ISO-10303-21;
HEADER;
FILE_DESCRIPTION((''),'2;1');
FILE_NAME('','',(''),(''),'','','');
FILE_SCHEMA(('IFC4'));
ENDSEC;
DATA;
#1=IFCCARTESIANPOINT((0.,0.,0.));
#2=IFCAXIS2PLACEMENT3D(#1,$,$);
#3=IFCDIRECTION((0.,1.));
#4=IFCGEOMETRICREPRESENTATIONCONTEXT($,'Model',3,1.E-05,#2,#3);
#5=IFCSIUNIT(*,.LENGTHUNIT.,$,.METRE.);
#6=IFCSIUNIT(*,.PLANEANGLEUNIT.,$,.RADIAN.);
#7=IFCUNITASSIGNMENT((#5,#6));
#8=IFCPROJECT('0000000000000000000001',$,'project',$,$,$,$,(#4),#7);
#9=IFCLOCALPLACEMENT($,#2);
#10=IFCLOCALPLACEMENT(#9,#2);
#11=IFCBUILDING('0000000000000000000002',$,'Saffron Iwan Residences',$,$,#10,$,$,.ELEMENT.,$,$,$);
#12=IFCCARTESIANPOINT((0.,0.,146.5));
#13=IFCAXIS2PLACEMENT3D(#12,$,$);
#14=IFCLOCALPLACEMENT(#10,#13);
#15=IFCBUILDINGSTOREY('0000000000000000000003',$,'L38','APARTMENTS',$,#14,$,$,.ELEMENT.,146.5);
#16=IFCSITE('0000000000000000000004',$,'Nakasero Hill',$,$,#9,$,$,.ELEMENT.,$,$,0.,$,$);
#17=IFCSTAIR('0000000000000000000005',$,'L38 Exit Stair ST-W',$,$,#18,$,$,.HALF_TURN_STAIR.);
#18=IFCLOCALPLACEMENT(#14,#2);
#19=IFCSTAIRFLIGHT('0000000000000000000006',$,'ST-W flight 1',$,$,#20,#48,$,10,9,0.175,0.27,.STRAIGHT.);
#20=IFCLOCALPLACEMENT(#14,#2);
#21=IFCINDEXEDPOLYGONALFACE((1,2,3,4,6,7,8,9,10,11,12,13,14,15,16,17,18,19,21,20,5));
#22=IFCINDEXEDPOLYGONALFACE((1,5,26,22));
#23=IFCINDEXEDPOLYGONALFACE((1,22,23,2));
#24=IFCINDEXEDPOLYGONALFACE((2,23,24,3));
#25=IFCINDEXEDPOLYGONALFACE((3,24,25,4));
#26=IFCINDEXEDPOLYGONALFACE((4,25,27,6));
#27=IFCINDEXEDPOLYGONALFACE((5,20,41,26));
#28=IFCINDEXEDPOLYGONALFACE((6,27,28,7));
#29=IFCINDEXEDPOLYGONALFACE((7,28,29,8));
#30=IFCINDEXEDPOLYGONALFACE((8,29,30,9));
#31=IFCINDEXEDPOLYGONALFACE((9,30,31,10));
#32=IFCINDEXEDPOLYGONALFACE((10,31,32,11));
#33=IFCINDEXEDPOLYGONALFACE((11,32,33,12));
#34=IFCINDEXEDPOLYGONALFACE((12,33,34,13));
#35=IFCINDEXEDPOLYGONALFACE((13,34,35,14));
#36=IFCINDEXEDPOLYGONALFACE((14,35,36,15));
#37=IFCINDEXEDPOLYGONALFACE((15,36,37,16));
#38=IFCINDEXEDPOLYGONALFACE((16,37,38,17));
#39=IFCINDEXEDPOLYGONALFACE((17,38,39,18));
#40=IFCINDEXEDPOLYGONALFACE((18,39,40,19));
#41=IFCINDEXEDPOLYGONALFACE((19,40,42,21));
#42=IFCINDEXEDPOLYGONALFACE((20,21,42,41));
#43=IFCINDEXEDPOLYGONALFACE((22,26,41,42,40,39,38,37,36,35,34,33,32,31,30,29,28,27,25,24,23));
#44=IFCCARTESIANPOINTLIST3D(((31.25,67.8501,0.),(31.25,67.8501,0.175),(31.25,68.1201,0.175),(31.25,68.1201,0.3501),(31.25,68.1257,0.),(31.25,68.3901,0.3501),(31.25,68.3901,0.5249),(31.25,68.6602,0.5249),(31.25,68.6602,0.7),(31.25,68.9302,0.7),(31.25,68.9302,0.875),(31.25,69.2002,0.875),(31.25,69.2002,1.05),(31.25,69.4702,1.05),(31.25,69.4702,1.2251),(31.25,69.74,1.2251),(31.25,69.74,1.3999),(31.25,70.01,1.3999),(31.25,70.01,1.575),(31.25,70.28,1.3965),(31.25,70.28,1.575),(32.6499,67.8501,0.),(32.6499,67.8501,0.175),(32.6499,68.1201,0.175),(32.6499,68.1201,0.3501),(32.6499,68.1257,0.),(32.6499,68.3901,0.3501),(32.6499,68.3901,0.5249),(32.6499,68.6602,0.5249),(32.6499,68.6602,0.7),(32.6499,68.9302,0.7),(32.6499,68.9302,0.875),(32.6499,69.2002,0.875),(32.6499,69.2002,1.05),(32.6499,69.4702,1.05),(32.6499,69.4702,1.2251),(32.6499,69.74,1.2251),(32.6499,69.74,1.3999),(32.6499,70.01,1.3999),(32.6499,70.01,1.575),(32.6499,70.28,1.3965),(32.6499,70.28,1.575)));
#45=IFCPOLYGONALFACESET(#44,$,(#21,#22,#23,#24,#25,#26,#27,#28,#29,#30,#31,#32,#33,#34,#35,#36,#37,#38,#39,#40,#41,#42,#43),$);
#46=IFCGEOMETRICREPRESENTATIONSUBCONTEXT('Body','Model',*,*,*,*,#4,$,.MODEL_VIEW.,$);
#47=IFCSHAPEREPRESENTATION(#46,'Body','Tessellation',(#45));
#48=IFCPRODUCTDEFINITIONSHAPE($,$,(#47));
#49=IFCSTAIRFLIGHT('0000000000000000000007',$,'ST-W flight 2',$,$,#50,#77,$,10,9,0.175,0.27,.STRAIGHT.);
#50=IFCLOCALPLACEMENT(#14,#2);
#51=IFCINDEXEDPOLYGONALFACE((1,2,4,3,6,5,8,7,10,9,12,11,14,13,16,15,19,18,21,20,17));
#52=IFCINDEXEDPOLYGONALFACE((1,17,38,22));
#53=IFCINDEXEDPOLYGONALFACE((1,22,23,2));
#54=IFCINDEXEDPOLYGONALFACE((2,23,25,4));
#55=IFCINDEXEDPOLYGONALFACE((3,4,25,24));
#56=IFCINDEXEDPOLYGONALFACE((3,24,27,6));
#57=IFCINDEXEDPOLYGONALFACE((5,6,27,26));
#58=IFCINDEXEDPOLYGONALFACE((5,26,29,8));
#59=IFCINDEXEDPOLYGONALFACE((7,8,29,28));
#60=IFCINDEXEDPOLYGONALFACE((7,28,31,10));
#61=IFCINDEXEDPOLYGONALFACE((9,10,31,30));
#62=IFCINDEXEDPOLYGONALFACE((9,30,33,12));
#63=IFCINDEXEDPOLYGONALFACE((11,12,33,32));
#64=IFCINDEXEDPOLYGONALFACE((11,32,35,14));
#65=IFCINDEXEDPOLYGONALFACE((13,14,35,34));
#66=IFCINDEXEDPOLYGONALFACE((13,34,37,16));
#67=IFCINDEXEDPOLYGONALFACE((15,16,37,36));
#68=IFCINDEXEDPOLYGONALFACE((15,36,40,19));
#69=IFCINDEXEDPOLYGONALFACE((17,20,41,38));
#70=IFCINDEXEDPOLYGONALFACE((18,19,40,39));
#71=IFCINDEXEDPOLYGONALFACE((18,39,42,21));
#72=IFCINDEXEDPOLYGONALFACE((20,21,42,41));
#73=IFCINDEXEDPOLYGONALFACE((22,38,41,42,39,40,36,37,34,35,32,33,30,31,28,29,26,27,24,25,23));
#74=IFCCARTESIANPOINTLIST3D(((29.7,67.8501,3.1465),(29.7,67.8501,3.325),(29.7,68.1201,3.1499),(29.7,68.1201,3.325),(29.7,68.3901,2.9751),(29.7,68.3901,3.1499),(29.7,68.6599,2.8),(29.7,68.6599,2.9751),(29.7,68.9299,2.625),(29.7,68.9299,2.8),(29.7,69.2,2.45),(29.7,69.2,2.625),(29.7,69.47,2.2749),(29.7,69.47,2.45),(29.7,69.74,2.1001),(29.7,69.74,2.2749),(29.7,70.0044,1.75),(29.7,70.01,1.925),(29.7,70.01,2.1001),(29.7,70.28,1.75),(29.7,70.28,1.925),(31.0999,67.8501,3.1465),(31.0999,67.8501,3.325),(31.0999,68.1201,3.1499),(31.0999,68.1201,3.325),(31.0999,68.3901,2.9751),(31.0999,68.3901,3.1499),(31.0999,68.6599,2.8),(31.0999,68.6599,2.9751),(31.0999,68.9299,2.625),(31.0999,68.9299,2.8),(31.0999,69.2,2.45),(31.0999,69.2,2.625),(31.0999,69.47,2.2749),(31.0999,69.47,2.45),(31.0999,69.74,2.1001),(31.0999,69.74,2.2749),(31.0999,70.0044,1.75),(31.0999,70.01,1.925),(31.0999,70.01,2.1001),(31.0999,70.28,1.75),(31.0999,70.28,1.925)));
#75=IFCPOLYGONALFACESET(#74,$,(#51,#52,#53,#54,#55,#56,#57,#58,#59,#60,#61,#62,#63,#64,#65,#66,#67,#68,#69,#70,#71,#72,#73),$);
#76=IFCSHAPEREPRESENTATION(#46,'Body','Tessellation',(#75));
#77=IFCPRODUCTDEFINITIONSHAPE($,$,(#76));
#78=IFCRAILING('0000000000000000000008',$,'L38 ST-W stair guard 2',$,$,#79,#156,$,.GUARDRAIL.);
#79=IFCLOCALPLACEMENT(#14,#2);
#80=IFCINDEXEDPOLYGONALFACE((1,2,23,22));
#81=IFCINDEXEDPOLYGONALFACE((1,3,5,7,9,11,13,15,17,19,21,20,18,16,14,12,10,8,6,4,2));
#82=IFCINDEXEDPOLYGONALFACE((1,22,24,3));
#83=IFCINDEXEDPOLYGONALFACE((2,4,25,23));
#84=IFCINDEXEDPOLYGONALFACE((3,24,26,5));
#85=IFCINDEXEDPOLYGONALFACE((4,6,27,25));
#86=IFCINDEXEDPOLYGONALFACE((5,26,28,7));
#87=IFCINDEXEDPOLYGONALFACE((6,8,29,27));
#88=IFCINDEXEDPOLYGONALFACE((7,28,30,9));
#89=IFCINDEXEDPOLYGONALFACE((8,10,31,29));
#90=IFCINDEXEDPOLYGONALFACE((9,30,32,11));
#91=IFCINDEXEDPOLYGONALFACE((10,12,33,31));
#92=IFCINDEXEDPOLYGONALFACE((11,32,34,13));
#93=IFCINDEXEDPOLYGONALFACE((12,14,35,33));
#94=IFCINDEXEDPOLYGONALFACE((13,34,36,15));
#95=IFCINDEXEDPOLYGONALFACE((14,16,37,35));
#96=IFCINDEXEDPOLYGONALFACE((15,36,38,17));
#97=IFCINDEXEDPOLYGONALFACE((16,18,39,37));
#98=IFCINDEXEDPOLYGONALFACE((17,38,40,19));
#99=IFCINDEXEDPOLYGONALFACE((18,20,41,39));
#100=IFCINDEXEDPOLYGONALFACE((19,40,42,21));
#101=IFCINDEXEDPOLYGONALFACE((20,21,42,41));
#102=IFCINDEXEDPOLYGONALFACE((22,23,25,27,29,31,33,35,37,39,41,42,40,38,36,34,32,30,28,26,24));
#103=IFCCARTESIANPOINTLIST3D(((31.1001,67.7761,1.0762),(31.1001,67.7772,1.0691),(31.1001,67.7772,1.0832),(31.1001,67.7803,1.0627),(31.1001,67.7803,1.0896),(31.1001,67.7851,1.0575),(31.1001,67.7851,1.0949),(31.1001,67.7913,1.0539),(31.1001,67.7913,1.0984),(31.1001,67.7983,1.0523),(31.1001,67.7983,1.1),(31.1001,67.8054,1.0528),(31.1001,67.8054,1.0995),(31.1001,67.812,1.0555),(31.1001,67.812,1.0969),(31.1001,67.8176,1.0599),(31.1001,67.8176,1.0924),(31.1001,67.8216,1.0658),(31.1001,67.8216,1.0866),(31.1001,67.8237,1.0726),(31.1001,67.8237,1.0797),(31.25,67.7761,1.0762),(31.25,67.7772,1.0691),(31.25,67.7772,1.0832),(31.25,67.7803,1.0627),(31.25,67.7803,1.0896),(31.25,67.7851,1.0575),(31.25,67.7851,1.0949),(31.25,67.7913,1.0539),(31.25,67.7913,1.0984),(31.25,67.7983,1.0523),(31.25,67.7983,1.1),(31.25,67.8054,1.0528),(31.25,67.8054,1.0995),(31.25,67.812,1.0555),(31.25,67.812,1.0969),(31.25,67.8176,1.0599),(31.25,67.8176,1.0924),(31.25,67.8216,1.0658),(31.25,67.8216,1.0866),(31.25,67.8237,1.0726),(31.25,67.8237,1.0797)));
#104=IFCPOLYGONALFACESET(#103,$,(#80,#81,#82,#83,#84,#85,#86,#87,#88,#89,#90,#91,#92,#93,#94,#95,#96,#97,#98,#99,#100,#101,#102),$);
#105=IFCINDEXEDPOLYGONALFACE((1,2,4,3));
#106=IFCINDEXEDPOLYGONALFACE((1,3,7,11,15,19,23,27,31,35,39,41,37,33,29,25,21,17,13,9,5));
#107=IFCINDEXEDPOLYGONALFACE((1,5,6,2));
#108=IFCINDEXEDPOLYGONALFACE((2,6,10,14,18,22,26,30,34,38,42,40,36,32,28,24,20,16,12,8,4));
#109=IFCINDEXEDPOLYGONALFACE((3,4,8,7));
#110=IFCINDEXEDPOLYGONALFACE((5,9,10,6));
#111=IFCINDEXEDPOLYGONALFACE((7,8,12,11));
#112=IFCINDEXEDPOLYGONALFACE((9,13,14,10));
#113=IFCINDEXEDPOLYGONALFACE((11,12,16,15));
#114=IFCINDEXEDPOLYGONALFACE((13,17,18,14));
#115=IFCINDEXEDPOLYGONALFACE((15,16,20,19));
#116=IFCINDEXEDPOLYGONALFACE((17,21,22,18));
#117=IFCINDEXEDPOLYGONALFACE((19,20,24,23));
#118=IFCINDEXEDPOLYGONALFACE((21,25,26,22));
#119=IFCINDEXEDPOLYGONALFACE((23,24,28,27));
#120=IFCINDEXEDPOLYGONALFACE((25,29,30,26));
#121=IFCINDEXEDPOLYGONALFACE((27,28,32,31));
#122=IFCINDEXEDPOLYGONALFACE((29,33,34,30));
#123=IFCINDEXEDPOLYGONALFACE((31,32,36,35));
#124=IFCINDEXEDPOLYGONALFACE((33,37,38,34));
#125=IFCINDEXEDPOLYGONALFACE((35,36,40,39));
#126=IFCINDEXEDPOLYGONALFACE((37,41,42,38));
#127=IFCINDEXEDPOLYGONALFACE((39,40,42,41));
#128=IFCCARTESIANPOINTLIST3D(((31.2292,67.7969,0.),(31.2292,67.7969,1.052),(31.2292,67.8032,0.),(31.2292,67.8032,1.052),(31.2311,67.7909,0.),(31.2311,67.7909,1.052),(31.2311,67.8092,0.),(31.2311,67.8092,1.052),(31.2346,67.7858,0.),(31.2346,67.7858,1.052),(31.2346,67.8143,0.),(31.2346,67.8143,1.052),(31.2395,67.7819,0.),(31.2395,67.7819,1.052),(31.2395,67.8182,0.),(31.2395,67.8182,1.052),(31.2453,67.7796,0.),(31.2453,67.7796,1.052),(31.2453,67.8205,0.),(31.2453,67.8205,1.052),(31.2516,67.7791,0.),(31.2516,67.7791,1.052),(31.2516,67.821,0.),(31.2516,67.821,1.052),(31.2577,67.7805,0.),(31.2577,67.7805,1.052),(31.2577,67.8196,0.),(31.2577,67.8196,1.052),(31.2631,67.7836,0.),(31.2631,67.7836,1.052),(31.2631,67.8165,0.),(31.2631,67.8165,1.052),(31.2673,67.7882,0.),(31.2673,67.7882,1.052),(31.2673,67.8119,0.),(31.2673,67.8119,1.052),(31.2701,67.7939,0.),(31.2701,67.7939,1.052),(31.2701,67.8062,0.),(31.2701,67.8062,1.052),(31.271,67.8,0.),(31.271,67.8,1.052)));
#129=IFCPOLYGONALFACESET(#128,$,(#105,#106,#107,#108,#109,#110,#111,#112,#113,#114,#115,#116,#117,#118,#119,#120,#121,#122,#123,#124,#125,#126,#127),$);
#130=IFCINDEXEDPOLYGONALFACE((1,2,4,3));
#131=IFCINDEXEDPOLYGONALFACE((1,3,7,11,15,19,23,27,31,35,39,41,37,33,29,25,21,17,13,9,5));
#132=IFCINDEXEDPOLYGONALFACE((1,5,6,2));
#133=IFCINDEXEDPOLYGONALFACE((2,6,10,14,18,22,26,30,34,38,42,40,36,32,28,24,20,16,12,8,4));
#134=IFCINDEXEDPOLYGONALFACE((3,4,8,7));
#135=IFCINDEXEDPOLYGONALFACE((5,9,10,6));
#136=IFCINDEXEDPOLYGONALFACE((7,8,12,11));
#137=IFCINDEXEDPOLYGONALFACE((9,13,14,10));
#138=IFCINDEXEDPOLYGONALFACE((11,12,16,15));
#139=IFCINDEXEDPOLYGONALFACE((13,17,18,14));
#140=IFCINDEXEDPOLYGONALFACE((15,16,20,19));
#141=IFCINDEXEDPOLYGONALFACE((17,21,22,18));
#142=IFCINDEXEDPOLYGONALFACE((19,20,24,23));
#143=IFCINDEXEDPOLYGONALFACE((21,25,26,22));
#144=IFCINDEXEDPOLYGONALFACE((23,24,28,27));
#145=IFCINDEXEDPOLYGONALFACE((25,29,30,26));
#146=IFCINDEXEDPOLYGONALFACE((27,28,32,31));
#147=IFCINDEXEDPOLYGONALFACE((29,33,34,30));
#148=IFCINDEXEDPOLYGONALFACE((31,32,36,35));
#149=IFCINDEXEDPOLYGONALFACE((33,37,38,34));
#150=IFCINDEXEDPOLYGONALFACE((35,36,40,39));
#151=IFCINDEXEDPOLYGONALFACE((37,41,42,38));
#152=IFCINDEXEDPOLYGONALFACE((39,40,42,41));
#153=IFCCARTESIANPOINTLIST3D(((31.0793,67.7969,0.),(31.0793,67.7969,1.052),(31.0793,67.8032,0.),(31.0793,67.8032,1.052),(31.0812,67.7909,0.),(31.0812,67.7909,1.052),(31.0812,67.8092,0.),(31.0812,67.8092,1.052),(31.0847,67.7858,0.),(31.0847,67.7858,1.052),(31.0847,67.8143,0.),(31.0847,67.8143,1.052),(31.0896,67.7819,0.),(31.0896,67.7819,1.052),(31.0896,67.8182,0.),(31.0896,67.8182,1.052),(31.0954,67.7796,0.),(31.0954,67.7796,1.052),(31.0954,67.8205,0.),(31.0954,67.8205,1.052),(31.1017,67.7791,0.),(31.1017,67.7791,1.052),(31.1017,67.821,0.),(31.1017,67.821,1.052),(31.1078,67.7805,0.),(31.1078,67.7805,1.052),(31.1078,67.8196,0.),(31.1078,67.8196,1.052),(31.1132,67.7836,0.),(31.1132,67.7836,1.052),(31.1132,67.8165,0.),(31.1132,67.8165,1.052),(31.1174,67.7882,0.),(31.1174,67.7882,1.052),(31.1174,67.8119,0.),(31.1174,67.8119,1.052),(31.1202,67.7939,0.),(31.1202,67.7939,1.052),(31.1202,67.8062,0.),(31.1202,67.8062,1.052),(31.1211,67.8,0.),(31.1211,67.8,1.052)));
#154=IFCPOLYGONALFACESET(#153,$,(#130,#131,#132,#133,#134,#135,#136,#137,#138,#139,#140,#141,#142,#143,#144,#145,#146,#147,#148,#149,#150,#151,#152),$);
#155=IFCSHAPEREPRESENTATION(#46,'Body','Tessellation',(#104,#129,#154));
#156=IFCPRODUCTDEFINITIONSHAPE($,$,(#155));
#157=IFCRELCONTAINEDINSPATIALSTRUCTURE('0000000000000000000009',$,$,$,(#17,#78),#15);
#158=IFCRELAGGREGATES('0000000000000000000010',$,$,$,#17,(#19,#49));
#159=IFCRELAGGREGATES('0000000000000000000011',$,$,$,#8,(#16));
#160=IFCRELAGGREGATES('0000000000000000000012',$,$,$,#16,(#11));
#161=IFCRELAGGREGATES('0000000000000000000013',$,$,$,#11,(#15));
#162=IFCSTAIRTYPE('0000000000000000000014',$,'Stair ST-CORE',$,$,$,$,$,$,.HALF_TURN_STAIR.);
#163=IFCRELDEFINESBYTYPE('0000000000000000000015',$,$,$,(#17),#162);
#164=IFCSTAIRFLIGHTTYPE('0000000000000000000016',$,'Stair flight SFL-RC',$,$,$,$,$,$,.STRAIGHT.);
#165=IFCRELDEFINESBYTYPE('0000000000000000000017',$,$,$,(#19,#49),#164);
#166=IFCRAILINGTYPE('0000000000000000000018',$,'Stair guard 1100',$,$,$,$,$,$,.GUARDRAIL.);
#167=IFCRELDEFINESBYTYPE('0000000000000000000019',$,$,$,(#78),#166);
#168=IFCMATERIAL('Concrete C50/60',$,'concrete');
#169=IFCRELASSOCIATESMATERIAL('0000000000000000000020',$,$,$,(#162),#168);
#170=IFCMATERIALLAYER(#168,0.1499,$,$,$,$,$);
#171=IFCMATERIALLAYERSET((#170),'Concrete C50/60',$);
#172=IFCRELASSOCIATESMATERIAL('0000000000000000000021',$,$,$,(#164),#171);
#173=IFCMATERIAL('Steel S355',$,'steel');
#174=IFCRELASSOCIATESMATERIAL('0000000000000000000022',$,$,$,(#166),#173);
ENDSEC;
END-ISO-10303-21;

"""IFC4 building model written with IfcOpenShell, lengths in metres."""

from ifc_helpers import new_model, si_unit, direction, frame, origin, origin_2d, place, context, subcontext, project, spatial, polyline, circle, outline, extrude, material, layer, layer_set, type_object, element, aggregate, save


model = new_model("IFC4")

# Units and contexts
model_context = context("Model", 3, precision=1e-05, world=origin(), true_north=direction((0.0, 1.0)))
body_context = subcontext(model_context, "Body", "Model", "MODEL_VIEW")
ifc_project = project(units=[si_unit("LENGTHUNIT", "METRE"), si_unit("PLANEANGLEUNIT", "RADIAN")], contexts=[model_context])

# Site, building, storey
site_placement = place(None, origin())
site = spatial("IfcSite", under=ifc_project, at=site_placement, Name="Nakasero Hill", CompositionType="ELEMENT", RefElevation=0.0)
building_placement = place(site_placement, origin())
building = spatial("IfcBuilding", under=site, at=building_placement, Name="Saffron Iwan Residences", CompositionType="ELEMENT")
storey_placement = place(building_placement, frame((0.0, 0.0, 146.5)))
storey = spatial("IfcBuildingStorey", under=building, at=storey_placement, Name="L38", Description="APARTMENTS", CompositionType="ELEMENT", Elevation=146.5)

# Stair, stair flights
ifc_material_1 = material(Name="Concrete C50/60", Category="concrete")
stair_type = type_object("IfcStairType", Name="Stair ST-CORE", PredefinedType="HALF_TURN_STAIR", material=ifc_material_1)
stair_placement = place(storey_placement, origin())
stair = element("IfcStair", 1, at=stair_placement, inside=storey, type_object=stair_type, Name="L38 Exit Stair ST-W", PredefinedType="HALF_TURN_STAIR")
ifc_layer = layer(ifc_material_1, 0.1499)
ifc_layer_set = layer_set([ifc_layer], Name="Concrete C50/60")
stair_flight_type = type_object("IfcStairFlightType", Name="Stair flight SFL-RC", PredefinedType="STRAIGHT", material=ifc_layer_set)
stair_flight_1_placement = place(storey_placement, frame((31.95, 67.8501, 0.0), z_axis=(0.0, 0.0, 1.0), x_axis=(0.0, 1.0, 0.0)))
stair_flight_1 = element("IfcStairFlight", 2, at=stair_flight_1_placement, type_object=stair_flight_type, Name="ST-W flight 1", NumberOfRisers=10, NumberOfTreads=9, PredefinedType="STRAIGHT", RiserHeight=0.175, TreadLength=0.27, context=body_context, shape_type="SweptSolid", body=[
    extrude(outline(polyline([(0.0, 0.0), (0.0, 0.175), (0.27, 0.175), (0.27, 0.3501), (0.54, 0.3501), (0.54, 0.5249), (0.8101, 0.5249), (0.8101, 0.7), (1.0801, 0.7), (1.0801, 0.875), (1.3501, 0.875), (1.3501, 1.05), (1.6201, 1.05), (1.6201, 1.2251), (1.8899, 1.2251), (1.8899, 1.3999), (2.1599, 1.3999), (2.1599, 1.575), (2.4299, 1.575), (2.4299, 1.75), (2.4299, 1.3965), (0.2756, 0.0), (0.0, 0.0)])), frame((0.0, 0.7, 0.0), z_axis=(0.0, -1.0, 0.0), x_axis=(1.0, 0.0, 0.0)), (0.0, 0.0, 1.0), 1.3999),
])
stair_flight_2_placement = place(storey_placement, frame((30.3999, 70.28, 1.75), z_axis=(0.0, 0.0, 1.0), x_axis=(0.0, -1.0, 0.0)))
stair_flight_2 = element("IfcStairFlight", 3, at=stair_flight_2_placement, type_object=stair_flight_type, Name="ST-W flight 2", NumberOfRisers=10, NumberOfTreads=9, PredefinedType="STRAIGHT", RiserHeight=0.175, TreadLength=0.27, context=body_context, shape_type="SweptSolid", body=[
    extrude(outline(polyline([(0.0, 0.0), (0.0, 0.175), (0.27, 0.175), (0.27, 0.3501), (0.54, 0.3501), (0.54, 0.5249), (0.8101, 0.5249), (0.8101, 0.7), (1.0801, 0.7), (1.0801, 0.875), (1.3501, 0.875), (1.3501, 1.05), (1.6201, 1.05), (1.6201, 1.2251), (1.8899, 1.2251), (1.8899, 1.3999), (2.1599, 1.3999), (2.1599, 1.575), (2.4299, 1.575), (2.4299, 1.75), (2.4299, 1.3965), (0.2756, 0.0), (0.0, 0.0)])), frame((0.0, 0.7, 0.0), z_axis=(0.0, -1.0, 0.0), x_axis=(1.0, 0.0, 0.0)), (0.0, 0.0, 1.0), 1.3999),
])
aggregate(stair, [stair_flight_1, stair_flight_2])

# Railing
ifc_material_2 = material(Name="Steel S355", Category="steel")
railing_type_1 = type_object("IfcRailingType", Name="Stair guard 1100", PredefinedType="GUARDRAIL", material=ifc_material_2)
railing_1_placement = place(storey_placement, frame((31.25, 67.8, 0.0)))
element("IfcRailing", 4, at=railing_1_placement, inside=storey, type_object=railing_type_1, Name="L38 ST-W stair guard 2", PredefinedType="GUARDRAIL", context=body_context, shape_type="SweptSolid", body=[
    extrude(circle(Radius=0.0239, at=origin_2d()), frame((0.0, 0.0, 1.0762), z_axis=(-1.0, 0.0, 0.0), x_axis=(0.0, -1.0, 0.0)), (0.0, 0.0, 1.0), 0.1499),
    extrude(circle(Radius=0.021, at=origin_2d()), origin(), (0.0, 0.0, 1.0), 1.052),
    extrude(circle(Radius=0.021, at=origin_2d()), frame((-0.1499, 0.0, 0.0)), (0.0, 0.0, 1.0), 1.052),
])

save(model, "model.ifc")
